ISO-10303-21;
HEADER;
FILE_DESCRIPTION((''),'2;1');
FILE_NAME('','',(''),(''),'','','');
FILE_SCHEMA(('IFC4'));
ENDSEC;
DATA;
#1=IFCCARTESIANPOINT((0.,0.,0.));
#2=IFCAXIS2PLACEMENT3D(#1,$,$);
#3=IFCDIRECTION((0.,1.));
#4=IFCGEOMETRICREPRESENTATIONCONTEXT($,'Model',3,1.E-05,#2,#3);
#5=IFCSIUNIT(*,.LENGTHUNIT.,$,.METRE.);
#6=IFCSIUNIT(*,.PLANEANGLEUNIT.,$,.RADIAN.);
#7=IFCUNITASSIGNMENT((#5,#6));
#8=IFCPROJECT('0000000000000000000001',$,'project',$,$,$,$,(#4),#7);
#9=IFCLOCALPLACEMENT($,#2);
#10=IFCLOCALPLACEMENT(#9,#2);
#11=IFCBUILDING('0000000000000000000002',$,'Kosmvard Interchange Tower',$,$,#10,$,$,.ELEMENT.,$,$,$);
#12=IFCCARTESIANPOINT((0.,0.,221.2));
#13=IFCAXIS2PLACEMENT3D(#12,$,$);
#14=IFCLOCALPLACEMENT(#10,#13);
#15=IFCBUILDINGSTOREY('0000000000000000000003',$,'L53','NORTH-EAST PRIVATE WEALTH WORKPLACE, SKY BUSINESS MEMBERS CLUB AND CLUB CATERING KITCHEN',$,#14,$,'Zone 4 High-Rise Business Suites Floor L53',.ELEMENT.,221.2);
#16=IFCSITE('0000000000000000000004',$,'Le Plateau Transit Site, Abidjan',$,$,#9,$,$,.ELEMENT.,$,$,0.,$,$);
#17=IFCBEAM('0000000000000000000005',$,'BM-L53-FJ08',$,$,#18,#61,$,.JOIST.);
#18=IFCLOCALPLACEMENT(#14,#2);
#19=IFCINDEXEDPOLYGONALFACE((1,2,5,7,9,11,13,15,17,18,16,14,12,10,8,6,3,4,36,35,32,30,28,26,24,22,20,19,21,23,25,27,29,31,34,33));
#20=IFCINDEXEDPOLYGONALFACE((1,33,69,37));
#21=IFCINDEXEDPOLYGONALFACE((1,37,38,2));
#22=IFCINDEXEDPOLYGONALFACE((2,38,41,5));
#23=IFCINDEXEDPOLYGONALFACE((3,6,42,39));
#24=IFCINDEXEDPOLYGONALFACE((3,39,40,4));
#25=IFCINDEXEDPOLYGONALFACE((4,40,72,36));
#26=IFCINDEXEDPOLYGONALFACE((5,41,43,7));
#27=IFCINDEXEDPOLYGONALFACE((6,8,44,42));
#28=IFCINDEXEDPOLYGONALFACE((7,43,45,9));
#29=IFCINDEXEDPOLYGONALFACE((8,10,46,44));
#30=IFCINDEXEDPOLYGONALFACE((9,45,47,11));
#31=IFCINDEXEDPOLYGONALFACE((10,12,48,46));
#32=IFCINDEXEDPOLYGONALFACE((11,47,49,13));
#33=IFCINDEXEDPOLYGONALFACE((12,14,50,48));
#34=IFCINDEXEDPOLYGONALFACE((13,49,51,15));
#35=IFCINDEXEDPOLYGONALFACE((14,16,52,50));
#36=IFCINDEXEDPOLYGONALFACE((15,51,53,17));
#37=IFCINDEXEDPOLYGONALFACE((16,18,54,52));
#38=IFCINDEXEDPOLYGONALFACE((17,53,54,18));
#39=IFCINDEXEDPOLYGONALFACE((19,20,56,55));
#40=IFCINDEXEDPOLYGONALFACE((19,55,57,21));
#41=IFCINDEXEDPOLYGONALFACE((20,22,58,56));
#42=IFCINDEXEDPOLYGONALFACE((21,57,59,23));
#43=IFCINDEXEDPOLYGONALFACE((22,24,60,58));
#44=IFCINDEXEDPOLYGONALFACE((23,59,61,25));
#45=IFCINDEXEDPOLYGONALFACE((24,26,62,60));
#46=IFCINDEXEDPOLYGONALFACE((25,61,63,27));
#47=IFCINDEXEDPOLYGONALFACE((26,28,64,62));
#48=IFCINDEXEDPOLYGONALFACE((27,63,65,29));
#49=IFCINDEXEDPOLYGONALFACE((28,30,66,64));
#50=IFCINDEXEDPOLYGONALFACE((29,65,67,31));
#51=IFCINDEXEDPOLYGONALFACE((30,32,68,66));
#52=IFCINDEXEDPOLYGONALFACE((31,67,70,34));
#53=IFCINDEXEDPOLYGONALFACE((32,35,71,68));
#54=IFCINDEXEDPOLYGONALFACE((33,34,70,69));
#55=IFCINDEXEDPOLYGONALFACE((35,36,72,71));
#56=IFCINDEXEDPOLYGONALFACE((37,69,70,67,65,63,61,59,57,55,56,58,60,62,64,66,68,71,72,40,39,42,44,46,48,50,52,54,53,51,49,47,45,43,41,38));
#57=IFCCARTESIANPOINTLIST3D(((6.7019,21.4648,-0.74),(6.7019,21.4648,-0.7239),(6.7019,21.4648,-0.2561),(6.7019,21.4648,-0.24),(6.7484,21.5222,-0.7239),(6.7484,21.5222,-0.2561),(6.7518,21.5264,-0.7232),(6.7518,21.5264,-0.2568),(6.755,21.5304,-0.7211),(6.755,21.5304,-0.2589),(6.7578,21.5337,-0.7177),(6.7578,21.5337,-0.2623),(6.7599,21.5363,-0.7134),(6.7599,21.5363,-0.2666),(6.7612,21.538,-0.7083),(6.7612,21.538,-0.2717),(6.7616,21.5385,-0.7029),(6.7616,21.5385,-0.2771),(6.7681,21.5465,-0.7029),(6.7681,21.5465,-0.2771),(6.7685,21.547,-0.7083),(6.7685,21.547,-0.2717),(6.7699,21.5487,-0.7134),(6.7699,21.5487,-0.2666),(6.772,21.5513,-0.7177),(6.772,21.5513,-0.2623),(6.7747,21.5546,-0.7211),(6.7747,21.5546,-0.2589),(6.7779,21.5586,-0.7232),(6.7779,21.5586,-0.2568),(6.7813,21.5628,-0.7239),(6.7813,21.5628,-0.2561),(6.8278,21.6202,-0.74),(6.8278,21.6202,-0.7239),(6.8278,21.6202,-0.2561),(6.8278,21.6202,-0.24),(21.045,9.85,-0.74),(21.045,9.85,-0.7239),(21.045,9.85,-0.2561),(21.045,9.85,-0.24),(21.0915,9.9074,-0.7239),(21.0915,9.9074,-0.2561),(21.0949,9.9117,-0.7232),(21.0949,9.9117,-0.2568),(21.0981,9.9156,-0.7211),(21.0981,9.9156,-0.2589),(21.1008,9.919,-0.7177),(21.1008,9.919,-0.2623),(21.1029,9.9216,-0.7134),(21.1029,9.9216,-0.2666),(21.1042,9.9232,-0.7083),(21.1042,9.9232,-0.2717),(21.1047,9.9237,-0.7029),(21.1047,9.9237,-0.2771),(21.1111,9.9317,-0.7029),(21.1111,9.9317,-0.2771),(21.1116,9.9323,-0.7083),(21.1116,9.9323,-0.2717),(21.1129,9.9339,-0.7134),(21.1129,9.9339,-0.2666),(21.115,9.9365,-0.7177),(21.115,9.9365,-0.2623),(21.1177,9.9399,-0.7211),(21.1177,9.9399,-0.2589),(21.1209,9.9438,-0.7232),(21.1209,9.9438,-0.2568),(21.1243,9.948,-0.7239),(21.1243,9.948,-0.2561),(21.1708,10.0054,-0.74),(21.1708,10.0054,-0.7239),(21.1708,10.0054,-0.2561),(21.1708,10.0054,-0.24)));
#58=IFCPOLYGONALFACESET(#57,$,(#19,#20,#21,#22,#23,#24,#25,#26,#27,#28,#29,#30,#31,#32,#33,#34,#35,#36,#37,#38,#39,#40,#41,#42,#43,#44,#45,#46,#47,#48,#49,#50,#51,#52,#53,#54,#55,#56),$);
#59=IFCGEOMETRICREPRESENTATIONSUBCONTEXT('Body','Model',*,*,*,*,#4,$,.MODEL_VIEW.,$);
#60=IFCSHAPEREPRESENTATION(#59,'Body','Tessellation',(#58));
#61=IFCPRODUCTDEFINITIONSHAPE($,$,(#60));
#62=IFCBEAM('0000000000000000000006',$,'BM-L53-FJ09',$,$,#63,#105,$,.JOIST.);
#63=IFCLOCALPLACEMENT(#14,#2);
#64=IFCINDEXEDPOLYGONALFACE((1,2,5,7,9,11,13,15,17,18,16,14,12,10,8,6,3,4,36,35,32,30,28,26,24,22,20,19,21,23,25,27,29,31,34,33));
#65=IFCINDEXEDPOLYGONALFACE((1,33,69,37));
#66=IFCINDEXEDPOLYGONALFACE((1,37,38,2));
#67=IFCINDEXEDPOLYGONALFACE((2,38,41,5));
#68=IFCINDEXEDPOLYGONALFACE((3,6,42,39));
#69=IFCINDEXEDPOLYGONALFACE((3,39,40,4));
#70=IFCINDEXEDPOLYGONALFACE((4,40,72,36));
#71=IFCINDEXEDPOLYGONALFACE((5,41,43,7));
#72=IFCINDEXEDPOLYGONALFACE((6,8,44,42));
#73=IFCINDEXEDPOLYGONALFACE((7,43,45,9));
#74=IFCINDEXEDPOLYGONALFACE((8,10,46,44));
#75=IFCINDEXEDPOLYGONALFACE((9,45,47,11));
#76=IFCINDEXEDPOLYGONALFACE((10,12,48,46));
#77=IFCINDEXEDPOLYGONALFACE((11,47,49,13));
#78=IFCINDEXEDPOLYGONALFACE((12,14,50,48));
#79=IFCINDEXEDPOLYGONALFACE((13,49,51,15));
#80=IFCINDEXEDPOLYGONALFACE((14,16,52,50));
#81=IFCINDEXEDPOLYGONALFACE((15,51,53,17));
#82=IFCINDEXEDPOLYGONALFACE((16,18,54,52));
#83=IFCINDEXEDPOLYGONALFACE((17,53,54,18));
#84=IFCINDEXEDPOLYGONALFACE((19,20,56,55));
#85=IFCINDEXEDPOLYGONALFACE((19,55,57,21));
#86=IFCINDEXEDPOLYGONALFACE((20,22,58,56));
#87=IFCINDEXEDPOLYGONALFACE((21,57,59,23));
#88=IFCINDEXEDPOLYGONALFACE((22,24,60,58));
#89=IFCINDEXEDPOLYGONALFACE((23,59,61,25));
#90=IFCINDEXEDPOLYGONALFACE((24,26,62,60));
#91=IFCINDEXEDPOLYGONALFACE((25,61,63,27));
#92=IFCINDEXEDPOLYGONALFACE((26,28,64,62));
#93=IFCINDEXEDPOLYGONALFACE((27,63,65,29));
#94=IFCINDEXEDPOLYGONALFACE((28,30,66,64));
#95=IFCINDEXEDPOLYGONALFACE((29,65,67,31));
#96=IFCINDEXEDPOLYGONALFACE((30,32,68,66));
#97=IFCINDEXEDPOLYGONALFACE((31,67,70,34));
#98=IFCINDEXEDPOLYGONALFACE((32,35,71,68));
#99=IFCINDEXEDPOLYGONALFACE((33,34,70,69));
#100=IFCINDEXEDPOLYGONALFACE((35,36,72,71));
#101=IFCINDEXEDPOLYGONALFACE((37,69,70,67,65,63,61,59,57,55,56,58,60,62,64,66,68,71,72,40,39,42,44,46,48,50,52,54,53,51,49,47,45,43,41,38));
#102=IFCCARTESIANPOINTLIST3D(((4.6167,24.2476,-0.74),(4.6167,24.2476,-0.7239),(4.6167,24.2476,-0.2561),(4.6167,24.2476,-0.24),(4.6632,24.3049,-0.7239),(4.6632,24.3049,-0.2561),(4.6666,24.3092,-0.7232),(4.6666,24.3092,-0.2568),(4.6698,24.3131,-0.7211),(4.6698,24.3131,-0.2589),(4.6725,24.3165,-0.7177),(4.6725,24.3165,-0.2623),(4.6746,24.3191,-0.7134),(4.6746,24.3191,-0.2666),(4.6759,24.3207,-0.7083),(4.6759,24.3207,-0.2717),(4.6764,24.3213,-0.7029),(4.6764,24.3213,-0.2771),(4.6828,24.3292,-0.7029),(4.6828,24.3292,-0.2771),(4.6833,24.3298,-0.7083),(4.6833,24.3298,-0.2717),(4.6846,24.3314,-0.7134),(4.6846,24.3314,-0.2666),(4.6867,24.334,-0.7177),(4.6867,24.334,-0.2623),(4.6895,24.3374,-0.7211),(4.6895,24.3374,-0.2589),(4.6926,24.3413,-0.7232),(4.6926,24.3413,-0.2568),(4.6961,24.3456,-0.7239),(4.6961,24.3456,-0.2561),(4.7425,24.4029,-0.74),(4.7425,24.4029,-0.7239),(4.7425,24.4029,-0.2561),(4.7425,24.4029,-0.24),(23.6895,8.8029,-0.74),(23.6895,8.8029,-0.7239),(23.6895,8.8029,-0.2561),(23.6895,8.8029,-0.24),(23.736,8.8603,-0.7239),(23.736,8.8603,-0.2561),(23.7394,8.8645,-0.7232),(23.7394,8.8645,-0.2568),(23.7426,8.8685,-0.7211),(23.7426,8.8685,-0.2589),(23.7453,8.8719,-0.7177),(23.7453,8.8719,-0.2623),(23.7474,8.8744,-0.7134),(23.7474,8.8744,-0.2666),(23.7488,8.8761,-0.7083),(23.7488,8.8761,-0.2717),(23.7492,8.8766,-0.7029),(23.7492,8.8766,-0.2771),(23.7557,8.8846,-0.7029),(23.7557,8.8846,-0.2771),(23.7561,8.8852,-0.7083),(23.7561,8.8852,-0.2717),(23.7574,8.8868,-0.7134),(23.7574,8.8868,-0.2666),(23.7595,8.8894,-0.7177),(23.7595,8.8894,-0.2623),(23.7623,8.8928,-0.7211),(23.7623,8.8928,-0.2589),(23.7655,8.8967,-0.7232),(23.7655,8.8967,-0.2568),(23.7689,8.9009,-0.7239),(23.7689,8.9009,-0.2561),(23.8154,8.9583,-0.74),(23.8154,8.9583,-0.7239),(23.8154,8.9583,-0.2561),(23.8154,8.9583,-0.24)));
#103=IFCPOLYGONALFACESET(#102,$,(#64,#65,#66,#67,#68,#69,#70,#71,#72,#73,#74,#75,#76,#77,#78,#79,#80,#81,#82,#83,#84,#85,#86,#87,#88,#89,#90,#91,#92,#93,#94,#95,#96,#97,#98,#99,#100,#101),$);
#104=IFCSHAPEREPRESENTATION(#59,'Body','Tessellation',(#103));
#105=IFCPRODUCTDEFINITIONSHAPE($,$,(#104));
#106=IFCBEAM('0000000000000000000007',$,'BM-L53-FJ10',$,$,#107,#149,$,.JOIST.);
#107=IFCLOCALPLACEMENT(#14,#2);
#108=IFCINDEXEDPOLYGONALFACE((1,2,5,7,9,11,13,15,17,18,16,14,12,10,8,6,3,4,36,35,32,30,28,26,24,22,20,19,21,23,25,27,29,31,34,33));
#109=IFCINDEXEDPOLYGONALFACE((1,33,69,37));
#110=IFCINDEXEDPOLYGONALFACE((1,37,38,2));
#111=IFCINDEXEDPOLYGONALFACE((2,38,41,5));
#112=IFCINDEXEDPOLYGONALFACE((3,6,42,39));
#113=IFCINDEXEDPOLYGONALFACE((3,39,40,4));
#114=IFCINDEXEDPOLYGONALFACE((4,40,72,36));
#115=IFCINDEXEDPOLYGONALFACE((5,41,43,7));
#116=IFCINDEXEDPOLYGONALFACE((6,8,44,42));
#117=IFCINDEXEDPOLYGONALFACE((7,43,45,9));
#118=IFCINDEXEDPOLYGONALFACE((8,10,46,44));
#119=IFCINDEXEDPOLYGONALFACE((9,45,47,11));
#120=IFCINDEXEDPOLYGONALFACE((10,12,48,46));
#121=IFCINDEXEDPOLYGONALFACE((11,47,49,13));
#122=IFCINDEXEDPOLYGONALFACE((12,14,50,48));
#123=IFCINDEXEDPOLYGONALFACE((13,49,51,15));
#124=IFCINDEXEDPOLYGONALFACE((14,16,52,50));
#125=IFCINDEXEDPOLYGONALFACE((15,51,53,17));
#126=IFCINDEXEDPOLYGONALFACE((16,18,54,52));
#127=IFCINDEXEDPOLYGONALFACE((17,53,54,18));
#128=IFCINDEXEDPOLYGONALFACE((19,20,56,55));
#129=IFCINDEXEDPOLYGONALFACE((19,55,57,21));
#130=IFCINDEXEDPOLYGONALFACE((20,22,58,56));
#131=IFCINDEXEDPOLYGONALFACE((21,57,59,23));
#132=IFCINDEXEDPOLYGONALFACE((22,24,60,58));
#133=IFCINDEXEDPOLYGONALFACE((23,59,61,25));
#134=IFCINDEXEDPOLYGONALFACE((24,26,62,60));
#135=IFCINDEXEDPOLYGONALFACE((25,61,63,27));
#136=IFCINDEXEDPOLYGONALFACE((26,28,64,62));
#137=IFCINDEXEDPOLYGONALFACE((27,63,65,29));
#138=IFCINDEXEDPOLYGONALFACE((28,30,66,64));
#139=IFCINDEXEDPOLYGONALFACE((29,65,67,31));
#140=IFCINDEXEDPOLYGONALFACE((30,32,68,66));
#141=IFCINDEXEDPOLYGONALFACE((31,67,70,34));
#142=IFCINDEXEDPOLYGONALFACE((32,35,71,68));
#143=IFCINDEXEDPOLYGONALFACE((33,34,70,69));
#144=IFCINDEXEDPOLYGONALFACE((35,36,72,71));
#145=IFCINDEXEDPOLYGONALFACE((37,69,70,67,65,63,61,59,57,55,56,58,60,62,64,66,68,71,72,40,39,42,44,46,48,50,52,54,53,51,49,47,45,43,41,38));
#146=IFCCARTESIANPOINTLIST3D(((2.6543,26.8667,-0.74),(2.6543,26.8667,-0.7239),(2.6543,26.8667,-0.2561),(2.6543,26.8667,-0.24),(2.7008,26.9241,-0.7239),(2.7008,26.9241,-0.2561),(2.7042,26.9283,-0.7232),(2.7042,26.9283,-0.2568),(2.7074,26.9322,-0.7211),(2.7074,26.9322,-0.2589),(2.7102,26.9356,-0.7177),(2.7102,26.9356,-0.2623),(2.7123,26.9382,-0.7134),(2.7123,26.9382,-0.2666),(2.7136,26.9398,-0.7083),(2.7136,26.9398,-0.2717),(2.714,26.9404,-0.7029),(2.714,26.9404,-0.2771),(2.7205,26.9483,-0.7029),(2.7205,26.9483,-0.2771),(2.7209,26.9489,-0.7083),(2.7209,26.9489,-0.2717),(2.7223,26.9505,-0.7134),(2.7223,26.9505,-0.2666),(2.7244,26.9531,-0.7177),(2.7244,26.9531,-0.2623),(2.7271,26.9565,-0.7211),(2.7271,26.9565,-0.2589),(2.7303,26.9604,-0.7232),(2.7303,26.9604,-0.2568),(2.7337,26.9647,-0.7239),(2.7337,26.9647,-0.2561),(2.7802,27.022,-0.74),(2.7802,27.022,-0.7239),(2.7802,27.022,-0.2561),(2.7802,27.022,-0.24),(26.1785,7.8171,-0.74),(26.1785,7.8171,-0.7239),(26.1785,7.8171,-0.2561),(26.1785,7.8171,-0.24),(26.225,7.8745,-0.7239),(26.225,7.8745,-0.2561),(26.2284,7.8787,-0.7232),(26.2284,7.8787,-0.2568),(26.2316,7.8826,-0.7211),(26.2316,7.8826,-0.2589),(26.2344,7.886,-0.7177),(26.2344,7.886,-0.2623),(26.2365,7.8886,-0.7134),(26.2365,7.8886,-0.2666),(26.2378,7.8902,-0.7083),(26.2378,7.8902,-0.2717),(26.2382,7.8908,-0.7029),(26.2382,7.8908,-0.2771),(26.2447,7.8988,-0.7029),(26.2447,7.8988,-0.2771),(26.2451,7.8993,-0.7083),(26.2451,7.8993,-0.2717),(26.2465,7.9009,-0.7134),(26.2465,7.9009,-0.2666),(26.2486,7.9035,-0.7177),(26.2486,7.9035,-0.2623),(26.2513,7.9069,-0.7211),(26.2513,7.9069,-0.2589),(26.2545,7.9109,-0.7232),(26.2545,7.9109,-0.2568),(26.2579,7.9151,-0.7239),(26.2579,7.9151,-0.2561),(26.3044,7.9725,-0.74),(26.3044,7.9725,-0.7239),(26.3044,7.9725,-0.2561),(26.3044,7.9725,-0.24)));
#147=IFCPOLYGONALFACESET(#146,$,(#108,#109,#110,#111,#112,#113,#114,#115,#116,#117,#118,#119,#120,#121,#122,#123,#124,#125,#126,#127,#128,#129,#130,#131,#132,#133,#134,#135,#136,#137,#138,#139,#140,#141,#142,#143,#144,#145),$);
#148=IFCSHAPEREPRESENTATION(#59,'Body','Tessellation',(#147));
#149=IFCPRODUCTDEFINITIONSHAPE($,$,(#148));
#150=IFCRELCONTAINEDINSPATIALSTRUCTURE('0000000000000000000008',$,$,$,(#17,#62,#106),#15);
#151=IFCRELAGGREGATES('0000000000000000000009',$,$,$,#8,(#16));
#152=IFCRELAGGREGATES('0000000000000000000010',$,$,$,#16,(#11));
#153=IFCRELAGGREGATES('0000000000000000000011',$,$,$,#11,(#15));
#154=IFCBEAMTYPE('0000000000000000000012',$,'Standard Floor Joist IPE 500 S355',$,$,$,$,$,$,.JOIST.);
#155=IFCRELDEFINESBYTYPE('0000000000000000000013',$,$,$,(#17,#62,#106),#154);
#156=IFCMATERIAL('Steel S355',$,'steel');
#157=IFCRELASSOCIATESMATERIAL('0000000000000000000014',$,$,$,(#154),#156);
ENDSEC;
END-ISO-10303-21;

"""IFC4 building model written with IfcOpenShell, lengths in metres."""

from ifc_helpers import new_model, si_unit, direction, frame, origin, origin_2d, place, context, subcontext, project, spatial, i_section, extrude, source, transform, mapped, material, material_profile, profile_set, type_object, element, save


model = new_model("IFC4")

# Units and contexts
model_context = context("Model", 3, precision=1e-05, world=origin(), true_north=direction((0.0, 1.0)))
body_context = subcontext(model_context, "Body", "Model", "MODEL_VIEW")
ifc_project = project(units=[si_unit("LENGTHUNIT", "METRE"), si_unit("PLANEANGLEUNIT", "RADIAN")], contexts=[model_context])

# Site, building, storey
site_placement = place(None, origin())
site = spatial("IfcSite", under=ifc_project, at=site_placement, Name="Le Plateau Transit Site, Abidjan", CompositionType="ELEMENT", RefElevation=0.0)
building_placement = place(site_placement, origin())
building = spatial("IfcBuilding", under=site, at=building_placement, Name="Kosmvard Interchange Tower", CompositionType="ELEMENT")
storey_placement = place(building_placement, frame((0.0, 0.0, 221.2)))
storey = spatial("IfcBuildingStorey", under=building, at=storey_placement, Name="L53", Description="NORTH-EAST PRIVATE WEALTH WORKPLACE, SKY BUSINESS MEMBERS CLUB AND CLUB CATERING KITCHEN", LongName="Zone 4 High-Rise Business Suites Floor L53", CompositionType="ELEMENT", Elevation=221.2)

# Beams
ifc_material_1 = material(Name="Steel S355", Category="steel")
ifc_material_profile_1 = material_profile(ifc_material_1, i_section(OverallWidth=0.2, OverallDepth=0.5, WebThickness=0.0103, FlangeThickness=0.0161, FilletRadius=0.021, at=origin_2d()), Name="IPE 500")
ifc_profile_set_1 = profile_set([ifc_material_profile_1], Name="Steel S355")
beam_type_1 = type_object("IfcBeamType", Name="Standard Floor Joist IPE 500 S355", PredefinedType="JOIST", material=ifc_profile_set_1)
shared_shape_1 = source(origin(), body_context, "Body", "SweptSolid", [
    extrude(i_section(OverallWidth=0.2, OverallDepth=0.5, WebThickness=0.0103, FlangeThickness=0.0161, FilletRadius=0.021, at=origin_2d()), origin(), (0.0, 0.0, 1.0), 18.4561),
])
beam_1_placement = place(storey_placement, frame((21.1079, 9.9277, -0.49), z_axis=(-0.777146, 0.62932, 0.0), x_axis=(-0.62932, -0.777146, 0.0)))
element("IfcBeam", 1, at=beam_1_placement, inside=storey, type_object=beam_type_1, Name="BM-L53-FJ08", PredefinedType="JOIST", context=body_context, shape_type="MappedRepresentation", body=[
    mapped(shared_shape_1, transform((0.0, 0.0, 0.0), scale=1.0)),
])
shared_shape_2 = source(origin(), body_context, "Body", "SweptSolid", [
    extrude(i_section(OverallWidth=0.2, OverallDepth=0.5, WebThickness=0.0103, FlangeThickness=0.0161, FilletRadius=0.021, at=origin_2d()), origin(), (0.0, 0.0, 1.0), 24.542),
])
beam_2_placement = place(storey_placement, frame((23.7524, 8.8806, -0.49), z_axis=(-0.777151, 0.629315, 0.0), x_axis=(-0.629315, -0.777151, 0.0)))
element("IfcBeam", 2, at=beam_2_placement, inside=storey, type_object=beam_type_1, Name="BM-L53-FJ09", PredefinedType="JOIST", context=body_context, shape_type="MappedRepresentation", body=[
    mapped(shared_shape_2, transform((0.0, 0.0, 0.0), scale=1.0)),
])
shared_shape_3 = source(origin(), body_context, "Body", "SweptSolid", [
    extrude(i_section(OverallWidth=0.2, OverallDepth=0.5, WebThickness=0.0103, FlangeThickness=0.0161, FilletRadius=0.021, at=origin_2d()), origin(), (0.0, 0.0, 1.0), 30.27),
])
beam_3_placement = place(storey_placement, frame((26.2415, 7.8948, -0.49), z_axis=(-0.777145, 0.629322, 0.0), x_axis=(-0.629322, -0.777145, 0.0)))
element("IfcBeam", 3, at=beam_3_placement, inside=storey, type_object=beam_type_1, Name="BM-L53-FJ10", PredefinedType="JOIST", context=body_context, shape_type="MappedRepresentation", body=[
    mapped(shared_shape_3, transform((0.0, 0.0, 0.0), scale=1.0)),
])

save(model, "model.ifc")
